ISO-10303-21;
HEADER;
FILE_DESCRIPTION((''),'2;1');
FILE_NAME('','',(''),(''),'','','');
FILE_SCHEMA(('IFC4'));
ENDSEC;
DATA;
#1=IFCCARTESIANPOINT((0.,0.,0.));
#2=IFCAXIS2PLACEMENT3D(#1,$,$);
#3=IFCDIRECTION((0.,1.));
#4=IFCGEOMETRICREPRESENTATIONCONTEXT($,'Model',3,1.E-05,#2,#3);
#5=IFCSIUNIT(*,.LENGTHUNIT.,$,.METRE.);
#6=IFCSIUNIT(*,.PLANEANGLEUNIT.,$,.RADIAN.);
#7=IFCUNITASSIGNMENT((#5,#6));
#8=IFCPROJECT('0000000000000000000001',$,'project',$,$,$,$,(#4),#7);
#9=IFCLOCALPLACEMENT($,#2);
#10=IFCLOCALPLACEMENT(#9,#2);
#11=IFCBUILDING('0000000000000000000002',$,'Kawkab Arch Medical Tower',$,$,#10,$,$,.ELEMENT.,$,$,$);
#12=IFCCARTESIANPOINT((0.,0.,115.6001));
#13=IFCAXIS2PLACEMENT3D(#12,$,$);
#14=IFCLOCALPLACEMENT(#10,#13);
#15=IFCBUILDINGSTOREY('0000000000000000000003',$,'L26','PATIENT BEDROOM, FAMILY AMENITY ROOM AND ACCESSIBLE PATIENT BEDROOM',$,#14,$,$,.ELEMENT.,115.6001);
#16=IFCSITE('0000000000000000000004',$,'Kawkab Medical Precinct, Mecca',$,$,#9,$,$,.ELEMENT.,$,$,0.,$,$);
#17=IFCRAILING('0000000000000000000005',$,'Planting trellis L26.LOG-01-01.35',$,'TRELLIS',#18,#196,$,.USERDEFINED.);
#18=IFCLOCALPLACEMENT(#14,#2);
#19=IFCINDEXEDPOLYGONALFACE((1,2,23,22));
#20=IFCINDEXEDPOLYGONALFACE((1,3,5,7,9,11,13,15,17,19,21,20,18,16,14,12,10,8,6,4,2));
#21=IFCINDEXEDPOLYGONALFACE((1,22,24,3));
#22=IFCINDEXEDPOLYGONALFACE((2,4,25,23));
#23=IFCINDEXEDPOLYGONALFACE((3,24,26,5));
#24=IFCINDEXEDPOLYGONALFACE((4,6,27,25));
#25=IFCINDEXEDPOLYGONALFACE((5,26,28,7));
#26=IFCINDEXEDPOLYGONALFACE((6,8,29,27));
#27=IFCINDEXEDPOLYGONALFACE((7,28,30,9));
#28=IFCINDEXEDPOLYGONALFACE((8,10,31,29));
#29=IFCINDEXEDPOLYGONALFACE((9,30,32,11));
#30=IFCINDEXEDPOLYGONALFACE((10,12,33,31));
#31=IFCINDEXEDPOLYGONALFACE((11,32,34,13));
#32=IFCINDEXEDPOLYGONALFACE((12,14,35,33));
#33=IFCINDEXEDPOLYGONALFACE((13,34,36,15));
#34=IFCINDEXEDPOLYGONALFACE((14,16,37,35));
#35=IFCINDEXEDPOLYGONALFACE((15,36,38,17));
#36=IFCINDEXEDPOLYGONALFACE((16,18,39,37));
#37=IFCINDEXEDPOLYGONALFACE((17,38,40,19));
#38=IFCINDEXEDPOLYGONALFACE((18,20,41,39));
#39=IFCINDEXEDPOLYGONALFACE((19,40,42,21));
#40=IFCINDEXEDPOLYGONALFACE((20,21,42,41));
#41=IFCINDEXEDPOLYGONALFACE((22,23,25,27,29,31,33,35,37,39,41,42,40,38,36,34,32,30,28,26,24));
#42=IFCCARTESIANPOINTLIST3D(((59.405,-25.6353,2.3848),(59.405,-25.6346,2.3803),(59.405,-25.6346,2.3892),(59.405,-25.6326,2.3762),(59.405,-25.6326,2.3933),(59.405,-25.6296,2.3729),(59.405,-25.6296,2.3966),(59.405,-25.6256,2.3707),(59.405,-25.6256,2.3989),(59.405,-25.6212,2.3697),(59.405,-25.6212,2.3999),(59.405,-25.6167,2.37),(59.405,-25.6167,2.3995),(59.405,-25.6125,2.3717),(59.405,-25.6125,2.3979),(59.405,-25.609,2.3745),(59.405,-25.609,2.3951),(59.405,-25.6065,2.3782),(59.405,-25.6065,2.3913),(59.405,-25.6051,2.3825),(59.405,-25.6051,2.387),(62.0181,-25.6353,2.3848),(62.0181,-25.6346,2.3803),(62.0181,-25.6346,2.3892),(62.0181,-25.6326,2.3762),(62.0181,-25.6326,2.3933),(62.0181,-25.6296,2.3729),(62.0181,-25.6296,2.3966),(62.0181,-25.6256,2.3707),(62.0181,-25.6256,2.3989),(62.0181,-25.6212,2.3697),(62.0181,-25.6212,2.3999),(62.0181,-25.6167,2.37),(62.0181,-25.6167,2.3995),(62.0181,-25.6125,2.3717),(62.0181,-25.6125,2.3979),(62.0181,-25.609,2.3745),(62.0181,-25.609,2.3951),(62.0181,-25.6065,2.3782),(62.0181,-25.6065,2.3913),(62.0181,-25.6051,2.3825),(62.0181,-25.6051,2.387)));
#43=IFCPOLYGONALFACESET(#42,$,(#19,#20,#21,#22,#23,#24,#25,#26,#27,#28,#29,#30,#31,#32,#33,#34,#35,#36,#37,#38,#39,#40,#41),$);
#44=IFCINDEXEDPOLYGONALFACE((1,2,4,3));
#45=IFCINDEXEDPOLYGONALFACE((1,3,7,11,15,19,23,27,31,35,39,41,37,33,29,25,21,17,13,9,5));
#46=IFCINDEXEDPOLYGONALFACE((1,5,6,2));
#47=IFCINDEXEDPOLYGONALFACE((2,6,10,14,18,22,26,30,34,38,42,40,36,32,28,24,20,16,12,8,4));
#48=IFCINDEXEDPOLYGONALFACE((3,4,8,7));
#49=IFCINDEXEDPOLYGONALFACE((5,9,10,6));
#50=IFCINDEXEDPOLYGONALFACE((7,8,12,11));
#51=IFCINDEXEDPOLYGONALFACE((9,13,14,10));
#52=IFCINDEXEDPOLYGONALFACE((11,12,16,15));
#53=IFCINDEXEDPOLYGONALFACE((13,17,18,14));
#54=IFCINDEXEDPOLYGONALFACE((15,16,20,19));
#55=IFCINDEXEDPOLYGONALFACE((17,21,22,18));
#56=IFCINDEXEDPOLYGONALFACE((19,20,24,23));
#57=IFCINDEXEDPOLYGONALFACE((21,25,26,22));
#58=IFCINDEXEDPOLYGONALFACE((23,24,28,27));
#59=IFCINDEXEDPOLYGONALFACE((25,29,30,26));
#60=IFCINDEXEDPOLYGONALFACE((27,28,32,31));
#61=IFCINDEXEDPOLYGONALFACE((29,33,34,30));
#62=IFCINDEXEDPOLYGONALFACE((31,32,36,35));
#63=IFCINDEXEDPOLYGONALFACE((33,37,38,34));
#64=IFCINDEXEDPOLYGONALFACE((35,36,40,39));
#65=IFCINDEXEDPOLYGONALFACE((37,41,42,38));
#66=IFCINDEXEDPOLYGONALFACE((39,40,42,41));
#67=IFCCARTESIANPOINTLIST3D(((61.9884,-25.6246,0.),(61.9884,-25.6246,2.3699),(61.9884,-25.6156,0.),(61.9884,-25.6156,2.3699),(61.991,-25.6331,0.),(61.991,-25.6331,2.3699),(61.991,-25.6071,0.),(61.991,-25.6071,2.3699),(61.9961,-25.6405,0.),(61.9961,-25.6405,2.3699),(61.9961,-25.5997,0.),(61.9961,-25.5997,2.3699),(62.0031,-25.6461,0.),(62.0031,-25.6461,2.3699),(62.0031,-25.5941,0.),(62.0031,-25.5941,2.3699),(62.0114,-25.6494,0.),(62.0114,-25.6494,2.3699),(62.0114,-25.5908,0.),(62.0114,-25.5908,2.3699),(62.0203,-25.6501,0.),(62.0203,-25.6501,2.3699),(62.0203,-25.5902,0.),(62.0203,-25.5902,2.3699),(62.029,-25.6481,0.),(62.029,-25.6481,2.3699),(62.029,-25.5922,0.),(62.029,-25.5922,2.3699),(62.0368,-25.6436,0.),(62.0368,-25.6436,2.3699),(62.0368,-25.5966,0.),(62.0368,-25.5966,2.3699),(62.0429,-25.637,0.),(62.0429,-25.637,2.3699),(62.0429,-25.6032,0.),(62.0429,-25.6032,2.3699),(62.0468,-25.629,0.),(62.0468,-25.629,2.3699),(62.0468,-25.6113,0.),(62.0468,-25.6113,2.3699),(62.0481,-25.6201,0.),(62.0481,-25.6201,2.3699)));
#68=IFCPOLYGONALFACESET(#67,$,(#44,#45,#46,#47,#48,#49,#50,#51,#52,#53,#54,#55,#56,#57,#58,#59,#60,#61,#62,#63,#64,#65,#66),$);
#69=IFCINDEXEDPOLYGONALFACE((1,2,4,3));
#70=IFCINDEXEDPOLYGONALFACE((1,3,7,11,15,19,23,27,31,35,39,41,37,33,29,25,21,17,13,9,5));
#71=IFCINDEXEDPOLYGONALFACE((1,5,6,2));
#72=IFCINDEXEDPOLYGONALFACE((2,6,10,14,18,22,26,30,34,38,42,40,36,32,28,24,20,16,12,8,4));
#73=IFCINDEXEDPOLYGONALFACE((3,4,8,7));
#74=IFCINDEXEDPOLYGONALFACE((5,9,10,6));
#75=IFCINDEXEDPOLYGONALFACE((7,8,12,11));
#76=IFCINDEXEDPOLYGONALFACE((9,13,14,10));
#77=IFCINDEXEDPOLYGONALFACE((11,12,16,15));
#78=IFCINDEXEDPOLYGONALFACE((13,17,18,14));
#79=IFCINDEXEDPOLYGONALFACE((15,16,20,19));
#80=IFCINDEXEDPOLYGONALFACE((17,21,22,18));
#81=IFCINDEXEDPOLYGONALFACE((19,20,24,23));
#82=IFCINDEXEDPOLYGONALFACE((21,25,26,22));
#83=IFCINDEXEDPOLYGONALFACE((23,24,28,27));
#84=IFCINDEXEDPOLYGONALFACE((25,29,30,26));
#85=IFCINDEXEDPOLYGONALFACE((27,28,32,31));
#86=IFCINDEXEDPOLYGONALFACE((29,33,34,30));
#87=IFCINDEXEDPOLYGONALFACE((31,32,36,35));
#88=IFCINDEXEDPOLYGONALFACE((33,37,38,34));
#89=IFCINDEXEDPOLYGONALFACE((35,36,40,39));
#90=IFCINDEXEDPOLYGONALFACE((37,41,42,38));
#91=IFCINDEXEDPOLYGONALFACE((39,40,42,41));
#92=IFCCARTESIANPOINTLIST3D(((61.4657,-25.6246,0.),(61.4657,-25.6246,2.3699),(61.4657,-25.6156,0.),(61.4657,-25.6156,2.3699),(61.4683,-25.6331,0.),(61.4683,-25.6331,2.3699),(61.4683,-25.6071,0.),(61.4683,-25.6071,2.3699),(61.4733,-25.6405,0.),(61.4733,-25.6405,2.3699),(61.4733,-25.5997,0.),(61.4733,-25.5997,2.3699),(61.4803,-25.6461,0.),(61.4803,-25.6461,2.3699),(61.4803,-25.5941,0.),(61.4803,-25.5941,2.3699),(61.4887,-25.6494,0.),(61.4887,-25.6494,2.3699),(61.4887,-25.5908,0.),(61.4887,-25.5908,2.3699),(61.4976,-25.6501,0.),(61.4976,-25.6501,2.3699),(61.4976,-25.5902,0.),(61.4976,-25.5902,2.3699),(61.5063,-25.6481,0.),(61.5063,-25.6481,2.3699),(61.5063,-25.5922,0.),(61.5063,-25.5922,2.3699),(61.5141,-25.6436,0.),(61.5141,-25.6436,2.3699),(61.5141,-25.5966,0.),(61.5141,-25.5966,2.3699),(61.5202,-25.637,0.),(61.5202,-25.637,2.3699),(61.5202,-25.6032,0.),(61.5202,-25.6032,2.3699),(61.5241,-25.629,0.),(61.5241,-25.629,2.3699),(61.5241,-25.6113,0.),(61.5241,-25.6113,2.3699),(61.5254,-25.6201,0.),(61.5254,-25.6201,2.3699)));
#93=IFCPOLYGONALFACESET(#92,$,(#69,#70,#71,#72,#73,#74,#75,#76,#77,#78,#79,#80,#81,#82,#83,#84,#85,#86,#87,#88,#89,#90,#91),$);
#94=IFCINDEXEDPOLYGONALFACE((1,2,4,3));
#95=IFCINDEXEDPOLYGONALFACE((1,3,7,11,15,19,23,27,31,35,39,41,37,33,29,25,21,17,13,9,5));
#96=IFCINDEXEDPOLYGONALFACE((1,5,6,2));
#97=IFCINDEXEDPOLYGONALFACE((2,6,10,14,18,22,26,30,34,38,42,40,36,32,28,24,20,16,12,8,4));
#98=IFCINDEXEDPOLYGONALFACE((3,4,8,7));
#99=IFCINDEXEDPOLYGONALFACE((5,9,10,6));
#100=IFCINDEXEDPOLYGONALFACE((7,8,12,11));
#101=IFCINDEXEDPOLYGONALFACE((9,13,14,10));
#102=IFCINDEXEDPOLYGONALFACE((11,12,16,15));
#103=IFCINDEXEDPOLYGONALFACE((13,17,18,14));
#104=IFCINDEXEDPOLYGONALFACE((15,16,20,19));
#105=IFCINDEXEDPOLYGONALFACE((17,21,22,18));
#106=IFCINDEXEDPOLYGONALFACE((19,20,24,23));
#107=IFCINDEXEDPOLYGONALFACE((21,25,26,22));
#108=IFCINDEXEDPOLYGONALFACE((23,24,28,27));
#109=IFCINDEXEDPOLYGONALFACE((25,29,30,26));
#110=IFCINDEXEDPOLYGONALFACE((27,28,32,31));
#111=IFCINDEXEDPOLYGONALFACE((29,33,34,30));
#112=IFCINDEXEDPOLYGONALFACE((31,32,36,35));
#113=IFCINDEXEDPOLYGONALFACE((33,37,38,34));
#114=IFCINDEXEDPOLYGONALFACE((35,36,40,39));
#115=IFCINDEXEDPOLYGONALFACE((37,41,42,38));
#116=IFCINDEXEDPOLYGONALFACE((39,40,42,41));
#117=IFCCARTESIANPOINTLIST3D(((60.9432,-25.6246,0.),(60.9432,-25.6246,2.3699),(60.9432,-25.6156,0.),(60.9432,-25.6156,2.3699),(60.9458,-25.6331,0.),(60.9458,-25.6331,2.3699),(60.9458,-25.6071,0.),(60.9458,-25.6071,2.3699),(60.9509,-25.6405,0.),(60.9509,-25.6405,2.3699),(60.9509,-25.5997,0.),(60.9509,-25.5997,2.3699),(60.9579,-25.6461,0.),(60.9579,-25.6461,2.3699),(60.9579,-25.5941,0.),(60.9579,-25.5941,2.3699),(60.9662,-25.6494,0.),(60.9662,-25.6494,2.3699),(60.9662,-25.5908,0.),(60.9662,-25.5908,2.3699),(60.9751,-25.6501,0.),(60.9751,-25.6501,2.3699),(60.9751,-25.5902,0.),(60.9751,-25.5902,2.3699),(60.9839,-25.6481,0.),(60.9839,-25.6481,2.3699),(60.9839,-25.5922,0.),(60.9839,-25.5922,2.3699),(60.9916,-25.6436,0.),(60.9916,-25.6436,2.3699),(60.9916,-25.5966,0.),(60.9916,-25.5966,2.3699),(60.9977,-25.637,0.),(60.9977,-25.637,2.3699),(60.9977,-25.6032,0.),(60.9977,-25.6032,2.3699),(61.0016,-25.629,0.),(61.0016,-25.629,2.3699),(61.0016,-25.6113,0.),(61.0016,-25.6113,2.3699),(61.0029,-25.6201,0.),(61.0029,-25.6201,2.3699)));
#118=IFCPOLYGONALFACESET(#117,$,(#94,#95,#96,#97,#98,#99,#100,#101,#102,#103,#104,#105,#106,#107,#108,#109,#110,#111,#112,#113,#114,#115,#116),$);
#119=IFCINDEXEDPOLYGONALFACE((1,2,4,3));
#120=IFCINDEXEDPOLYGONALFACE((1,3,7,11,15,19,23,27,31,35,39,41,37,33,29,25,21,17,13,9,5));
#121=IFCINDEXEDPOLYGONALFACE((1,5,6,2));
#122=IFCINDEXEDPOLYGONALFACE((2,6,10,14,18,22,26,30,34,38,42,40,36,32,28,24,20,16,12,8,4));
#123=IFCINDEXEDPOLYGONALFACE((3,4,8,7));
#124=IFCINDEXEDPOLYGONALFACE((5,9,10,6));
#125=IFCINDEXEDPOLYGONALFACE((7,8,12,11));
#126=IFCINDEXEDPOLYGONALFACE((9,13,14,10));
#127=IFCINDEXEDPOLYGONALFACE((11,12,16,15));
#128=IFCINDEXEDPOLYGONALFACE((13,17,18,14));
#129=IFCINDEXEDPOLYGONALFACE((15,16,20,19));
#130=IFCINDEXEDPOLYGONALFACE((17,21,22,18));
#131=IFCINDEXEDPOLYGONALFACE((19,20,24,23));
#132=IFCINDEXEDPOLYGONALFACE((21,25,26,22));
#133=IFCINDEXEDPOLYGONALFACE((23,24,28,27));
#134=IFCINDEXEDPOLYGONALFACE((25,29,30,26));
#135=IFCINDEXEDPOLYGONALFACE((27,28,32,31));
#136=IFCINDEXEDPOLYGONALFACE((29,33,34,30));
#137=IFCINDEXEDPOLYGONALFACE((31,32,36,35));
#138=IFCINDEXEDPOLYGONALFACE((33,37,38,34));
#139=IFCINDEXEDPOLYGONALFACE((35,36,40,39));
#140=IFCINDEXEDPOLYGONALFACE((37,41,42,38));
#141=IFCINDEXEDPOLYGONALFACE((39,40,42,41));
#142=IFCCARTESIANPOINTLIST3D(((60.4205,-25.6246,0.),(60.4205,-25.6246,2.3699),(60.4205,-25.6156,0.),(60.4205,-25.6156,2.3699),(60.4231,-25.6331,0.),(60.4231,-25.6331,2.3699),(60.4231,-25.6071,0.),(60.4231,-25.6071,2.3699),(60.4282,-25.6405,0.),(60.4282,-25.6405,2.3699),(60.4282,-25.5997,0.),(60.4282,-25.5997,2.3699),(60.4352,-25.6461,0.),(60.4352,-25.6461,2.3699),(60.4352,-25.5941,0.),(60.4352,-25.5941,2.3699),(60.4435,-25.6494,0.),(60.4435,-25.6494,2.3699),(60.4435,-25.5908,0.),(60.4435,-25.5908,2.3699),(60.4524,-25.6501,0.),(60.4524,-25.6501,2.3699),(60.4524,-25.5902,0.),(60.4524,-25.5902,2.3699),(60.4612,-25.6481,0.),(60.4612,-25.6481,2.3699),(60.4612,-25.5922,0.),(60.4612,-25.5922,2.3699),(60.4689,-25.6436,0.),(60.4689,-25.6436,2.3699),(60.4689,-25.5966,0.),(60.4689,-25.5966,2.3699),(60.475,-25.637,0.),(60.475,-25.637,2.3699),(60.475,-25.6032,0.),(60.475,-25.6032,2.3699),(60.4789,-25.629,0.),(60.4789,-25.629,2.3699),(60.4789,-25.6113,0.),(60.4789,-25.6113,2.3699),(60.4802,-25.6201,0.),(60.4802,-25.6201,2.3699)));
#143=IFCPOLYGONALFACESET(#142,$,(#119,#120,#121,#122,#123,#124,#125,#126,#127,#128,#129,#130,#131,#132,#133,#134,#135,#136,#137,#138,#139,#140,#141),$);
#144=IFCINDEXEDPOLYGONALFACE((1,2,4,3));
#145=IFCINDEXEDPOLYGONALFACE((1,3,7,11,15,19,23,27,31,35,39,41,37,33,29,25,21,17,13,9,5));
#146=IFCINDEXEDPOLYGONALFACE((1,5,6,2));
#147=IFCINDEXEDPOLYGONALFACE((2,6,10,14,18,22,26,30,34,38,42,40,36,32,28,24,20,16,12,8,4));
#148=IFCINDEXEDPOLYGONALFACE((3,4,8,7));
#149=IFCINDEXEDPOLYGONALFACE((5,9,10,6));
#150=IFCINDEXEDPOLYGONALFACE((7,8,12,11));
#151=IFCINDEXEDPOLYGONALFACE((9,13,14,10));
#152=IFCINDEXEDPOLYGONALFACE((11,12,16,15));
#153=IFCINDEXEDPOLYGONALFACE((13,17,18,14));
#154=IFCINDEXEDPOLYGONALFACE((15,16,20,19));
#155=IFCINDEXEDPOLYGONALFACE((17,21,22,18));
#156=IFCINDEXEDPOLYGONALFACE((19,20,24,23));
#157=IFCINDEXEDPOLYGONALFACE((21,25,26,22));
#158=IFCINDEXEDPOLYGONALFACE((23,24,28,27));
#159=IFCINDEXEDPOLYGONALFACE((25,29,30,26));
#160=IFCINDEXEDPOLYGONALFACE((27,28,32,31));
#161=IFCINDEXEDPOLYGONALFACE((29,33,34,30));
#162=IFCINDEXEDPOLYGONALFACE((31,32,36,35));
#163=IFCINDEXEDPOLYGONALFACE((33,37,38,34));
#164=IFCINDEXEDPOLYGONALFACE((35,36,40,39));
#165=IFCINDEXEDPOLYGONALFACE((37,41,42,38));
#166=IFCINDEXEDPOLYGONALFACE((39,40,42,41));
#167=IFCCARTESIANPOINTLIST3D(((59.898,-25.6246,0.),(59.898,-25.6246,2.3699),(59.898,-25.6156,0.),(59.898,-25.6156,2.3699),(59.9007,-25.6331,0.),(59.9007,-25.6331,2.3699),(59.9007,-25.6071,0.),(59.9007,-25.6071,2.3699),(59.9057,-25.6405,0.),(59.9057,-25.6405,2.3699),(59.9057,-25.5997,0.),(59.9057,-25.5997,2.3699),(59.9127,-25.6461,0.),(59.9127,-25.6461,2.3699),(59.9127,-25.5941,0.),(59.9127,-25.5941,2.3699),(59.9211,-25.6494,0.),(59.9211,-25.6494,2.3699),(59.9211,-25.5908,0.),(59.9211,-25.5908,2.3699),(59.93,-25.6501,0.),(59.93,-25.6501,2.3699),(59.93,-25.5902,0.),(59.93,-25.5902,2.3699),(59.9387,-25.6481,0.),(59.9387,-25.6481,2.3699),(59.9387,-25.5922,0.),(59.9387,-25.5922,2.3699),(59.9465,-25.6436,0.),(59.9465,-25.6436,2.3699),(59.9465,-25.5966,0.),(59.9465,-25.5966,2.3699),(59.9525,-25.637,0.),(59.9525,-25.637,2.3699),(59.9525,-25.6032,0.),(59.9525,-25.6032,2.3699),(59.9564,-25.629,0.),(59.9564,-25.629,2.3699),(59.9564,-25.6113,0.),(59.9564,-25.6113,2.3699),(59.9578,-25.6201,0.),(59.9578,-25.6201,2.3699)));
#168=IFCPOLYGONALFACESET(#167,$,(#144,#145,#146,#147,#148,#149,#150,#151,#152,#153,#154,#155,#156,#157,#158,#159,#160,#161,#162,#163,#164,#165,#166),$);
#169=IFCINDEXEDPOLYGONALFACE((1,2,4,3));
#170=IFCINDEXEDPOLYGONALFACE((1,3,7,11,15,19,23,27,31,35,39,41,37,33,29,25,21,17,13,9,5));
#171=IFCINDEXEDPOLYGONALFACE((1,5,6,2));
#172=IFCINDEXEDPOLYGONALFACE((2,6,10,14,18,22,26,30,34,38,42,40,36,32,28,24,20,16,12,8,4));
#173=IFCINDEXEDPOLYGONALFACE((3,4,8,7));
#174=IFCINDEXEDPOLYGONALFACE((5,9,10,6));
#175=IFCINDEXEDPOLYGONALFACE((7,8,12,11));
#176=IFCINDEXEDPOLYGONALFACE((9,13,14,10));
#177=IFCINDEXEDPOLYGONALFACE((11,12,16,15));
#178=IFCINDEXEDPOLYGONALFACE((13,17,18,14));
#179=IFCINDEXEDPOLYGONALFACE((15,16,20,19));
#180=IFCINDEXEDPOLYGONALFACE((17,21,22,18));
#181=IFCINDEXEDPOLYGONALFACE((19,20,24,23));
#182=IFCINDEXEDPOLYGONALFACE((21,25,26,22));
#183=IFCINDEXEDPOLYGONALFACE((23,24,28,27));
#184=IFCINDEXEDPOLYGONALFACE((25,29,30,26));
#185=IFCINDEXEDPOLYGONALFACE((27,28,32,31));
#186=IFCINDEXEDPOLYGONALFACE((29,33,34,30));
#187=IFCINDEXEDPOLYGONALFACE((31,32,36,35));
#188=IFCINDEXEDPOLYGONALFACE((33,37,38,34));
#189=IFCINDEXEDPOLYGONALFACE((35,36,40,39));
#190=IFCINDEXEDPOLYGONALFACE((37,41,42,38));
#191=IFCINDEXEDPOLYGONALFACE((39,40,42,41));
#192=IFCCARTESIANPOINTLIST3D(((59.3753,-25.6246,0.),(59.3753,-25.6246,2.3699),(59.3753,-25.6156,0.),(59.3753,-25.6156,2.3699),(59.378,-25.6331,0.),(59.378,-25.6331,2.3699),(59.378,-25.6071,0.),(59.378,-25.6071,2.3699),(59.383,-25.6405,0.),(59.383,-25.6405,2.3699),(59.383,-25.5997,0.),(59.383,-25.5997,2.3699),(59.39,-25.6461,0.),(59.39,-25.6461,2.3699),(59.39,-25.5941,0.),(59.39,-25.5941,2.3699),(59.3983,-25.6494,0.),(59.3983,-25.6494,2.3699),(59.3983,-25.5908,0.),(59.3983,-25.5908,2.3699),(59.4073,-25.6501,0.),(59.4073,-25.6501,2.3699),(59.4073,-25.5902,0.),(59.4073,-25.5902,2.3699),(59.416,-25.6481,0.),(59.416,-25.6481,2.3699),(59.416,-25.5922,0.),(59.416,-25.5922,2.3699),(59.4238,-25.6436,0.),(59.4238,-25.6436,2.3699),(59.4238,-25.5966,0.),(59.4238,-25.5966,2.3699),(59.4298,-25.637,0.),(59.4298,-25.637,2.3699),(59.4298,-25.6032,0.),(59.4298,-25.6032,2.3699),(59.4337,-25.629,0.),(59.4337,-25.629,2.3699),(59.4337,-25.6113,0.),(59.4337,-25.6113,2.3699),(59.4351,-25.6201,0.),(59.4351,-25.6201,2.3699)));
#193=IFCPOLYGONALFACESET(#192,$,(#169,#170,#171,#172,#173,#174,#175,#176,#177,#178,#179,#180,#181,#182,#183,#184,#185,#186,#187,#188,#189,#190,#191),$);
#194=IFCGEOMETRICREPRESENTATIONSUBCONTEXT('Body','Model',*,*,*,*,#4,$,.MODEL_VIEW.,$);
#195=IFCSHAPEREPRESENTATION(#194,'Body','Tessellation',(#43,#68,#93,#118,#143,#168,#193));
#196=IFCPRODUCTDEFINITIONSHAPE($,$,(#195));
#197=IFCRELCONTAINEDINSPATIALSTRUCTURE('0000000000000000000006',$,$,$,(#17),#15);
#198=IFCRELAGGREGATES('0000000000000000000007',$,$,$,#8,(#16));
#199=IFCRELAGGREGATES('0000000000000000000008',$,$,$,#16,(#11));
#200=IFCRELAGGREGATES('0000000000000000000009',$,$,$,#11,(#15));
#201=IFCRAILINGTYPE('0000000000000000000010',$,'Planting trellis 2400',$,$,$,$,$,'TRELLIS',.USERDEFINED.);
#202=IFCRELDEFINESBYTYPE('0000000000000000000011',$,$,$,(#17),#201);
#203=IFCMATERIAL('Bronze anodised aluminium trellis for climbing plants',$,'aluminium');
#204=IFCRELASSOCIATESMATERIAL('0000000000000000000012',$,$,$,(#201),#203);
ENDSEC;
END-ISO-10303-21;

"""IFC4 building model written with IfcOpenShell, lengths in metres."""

from ifc_helpers import new_model, si_unit, direction, frame, origin, origin_2d, place, context, subcontext, project, spatial, circle, extrude, material, type_object, element, save


model = new_model("IFC4")

# Units and contexts
model_context = context("Model", 3, precision=1e-05, world=origin(), true_north=direction((0.0, 1.0)))
body_context = subcontext(model_context, "Body", "Model", "MODEL_VIEW")
ifc_project = project(units=[si_unit("LENGTHUNIT", "METRE"), si_unit("PLANEANGLEUNIT", "RADIAN")], contexts=[model_context])

# Site, building, storey
site_placement = place(None, origin())
site = spatial("IfcSite", under=ifc_project, at=site_placement, Name="Kawkab Medical Precinct, Mecca", CompositionType="ELEMENT", RefElevation=0.0)
building_placement = place(site_placement, origin())
building = spatial("IfcBuilding", under=site, at=building_placement, Name="Kawkab Arch Medical Tower", CompositionType="ELEMENT")
storey_placement = place(building_placement, frame((0.0, 0.0, 115.6001)))
storey = spatial("IfcBuildingStorey", under=building, at=storey_placement, Name="L26", Description="PATIENT BEDROOM, FAMILY AMENITY ROOM AND ACCESSIBLE PATIENT BEDROOM", CompositionType="ELEMENT", Elevation=115.6001)

# Railing
ifc_material_1 = material(Name="Bronze anodised aluminium trellis for climbing plants", Category="aluminium")
railing_type = type_object("IfcRailingType", Name="Planting trellis 2400", ElementType="TRELLIS", PredefinedType="USERDEFINED", material=ifc_material_1)
railing_1_placement = place(storey_placement, frame((62.0181, -25.6201, 0.0)))
element("IfcRailing", 1, at=railing_1_placement, inside=storey, type_object=railing_type, Name="Planting trellis L26.LOG-01-01.35", ObjectType="TRELLIS", PredefinedType="USERDEFINED", context=body_context, shape_type="SweptSolid", body=[
    extrude(circle(Radius=0.0151, at=origin_2d()), frame((0.0, 0.0, 2.3848), z_axis=(-1.0, 0.0, 0.0), x_axis=(0.0, -1.0, 0.0)), (0.0, 0.0, 1.0), 2.613),
    extrude(circle(Radius=0.03, at=origin_2d()), origin(), (0.0, 0.0, 1.0), 2.3699),
    extrude(circle(Radius=0.03, at=origin_2d()), frame((-0.5227, 0.0, 0.0)), (0.0, 0.0, 1.0), 2.3699),
    extrude(circle(Radius=0.03, at=origin_2d()), frame((-1.0452, 0.0, 0.0)), (0.0, 0.0, 1.0), 2.3699),
    extrude(circle(Radius=0.03, at=origin_2d()), frame((-1.5679, 0.0, 0.0)), (0.0, 0.0, 1.0), 2.3699),
    extrude(circle(Radius=0.03, at=origin_2d()), frame((-2.0903, 0.0, 0.0)), (0.0, 0.0, 1.0), 2.3699),
    extrude(circle(Radius=0.03, at=origin_2d()), frame((-2.613, 0.0, 0.0)), (0.0, 0.0, 1.0), 2.3699),
])

save(model, "model.ifc")
